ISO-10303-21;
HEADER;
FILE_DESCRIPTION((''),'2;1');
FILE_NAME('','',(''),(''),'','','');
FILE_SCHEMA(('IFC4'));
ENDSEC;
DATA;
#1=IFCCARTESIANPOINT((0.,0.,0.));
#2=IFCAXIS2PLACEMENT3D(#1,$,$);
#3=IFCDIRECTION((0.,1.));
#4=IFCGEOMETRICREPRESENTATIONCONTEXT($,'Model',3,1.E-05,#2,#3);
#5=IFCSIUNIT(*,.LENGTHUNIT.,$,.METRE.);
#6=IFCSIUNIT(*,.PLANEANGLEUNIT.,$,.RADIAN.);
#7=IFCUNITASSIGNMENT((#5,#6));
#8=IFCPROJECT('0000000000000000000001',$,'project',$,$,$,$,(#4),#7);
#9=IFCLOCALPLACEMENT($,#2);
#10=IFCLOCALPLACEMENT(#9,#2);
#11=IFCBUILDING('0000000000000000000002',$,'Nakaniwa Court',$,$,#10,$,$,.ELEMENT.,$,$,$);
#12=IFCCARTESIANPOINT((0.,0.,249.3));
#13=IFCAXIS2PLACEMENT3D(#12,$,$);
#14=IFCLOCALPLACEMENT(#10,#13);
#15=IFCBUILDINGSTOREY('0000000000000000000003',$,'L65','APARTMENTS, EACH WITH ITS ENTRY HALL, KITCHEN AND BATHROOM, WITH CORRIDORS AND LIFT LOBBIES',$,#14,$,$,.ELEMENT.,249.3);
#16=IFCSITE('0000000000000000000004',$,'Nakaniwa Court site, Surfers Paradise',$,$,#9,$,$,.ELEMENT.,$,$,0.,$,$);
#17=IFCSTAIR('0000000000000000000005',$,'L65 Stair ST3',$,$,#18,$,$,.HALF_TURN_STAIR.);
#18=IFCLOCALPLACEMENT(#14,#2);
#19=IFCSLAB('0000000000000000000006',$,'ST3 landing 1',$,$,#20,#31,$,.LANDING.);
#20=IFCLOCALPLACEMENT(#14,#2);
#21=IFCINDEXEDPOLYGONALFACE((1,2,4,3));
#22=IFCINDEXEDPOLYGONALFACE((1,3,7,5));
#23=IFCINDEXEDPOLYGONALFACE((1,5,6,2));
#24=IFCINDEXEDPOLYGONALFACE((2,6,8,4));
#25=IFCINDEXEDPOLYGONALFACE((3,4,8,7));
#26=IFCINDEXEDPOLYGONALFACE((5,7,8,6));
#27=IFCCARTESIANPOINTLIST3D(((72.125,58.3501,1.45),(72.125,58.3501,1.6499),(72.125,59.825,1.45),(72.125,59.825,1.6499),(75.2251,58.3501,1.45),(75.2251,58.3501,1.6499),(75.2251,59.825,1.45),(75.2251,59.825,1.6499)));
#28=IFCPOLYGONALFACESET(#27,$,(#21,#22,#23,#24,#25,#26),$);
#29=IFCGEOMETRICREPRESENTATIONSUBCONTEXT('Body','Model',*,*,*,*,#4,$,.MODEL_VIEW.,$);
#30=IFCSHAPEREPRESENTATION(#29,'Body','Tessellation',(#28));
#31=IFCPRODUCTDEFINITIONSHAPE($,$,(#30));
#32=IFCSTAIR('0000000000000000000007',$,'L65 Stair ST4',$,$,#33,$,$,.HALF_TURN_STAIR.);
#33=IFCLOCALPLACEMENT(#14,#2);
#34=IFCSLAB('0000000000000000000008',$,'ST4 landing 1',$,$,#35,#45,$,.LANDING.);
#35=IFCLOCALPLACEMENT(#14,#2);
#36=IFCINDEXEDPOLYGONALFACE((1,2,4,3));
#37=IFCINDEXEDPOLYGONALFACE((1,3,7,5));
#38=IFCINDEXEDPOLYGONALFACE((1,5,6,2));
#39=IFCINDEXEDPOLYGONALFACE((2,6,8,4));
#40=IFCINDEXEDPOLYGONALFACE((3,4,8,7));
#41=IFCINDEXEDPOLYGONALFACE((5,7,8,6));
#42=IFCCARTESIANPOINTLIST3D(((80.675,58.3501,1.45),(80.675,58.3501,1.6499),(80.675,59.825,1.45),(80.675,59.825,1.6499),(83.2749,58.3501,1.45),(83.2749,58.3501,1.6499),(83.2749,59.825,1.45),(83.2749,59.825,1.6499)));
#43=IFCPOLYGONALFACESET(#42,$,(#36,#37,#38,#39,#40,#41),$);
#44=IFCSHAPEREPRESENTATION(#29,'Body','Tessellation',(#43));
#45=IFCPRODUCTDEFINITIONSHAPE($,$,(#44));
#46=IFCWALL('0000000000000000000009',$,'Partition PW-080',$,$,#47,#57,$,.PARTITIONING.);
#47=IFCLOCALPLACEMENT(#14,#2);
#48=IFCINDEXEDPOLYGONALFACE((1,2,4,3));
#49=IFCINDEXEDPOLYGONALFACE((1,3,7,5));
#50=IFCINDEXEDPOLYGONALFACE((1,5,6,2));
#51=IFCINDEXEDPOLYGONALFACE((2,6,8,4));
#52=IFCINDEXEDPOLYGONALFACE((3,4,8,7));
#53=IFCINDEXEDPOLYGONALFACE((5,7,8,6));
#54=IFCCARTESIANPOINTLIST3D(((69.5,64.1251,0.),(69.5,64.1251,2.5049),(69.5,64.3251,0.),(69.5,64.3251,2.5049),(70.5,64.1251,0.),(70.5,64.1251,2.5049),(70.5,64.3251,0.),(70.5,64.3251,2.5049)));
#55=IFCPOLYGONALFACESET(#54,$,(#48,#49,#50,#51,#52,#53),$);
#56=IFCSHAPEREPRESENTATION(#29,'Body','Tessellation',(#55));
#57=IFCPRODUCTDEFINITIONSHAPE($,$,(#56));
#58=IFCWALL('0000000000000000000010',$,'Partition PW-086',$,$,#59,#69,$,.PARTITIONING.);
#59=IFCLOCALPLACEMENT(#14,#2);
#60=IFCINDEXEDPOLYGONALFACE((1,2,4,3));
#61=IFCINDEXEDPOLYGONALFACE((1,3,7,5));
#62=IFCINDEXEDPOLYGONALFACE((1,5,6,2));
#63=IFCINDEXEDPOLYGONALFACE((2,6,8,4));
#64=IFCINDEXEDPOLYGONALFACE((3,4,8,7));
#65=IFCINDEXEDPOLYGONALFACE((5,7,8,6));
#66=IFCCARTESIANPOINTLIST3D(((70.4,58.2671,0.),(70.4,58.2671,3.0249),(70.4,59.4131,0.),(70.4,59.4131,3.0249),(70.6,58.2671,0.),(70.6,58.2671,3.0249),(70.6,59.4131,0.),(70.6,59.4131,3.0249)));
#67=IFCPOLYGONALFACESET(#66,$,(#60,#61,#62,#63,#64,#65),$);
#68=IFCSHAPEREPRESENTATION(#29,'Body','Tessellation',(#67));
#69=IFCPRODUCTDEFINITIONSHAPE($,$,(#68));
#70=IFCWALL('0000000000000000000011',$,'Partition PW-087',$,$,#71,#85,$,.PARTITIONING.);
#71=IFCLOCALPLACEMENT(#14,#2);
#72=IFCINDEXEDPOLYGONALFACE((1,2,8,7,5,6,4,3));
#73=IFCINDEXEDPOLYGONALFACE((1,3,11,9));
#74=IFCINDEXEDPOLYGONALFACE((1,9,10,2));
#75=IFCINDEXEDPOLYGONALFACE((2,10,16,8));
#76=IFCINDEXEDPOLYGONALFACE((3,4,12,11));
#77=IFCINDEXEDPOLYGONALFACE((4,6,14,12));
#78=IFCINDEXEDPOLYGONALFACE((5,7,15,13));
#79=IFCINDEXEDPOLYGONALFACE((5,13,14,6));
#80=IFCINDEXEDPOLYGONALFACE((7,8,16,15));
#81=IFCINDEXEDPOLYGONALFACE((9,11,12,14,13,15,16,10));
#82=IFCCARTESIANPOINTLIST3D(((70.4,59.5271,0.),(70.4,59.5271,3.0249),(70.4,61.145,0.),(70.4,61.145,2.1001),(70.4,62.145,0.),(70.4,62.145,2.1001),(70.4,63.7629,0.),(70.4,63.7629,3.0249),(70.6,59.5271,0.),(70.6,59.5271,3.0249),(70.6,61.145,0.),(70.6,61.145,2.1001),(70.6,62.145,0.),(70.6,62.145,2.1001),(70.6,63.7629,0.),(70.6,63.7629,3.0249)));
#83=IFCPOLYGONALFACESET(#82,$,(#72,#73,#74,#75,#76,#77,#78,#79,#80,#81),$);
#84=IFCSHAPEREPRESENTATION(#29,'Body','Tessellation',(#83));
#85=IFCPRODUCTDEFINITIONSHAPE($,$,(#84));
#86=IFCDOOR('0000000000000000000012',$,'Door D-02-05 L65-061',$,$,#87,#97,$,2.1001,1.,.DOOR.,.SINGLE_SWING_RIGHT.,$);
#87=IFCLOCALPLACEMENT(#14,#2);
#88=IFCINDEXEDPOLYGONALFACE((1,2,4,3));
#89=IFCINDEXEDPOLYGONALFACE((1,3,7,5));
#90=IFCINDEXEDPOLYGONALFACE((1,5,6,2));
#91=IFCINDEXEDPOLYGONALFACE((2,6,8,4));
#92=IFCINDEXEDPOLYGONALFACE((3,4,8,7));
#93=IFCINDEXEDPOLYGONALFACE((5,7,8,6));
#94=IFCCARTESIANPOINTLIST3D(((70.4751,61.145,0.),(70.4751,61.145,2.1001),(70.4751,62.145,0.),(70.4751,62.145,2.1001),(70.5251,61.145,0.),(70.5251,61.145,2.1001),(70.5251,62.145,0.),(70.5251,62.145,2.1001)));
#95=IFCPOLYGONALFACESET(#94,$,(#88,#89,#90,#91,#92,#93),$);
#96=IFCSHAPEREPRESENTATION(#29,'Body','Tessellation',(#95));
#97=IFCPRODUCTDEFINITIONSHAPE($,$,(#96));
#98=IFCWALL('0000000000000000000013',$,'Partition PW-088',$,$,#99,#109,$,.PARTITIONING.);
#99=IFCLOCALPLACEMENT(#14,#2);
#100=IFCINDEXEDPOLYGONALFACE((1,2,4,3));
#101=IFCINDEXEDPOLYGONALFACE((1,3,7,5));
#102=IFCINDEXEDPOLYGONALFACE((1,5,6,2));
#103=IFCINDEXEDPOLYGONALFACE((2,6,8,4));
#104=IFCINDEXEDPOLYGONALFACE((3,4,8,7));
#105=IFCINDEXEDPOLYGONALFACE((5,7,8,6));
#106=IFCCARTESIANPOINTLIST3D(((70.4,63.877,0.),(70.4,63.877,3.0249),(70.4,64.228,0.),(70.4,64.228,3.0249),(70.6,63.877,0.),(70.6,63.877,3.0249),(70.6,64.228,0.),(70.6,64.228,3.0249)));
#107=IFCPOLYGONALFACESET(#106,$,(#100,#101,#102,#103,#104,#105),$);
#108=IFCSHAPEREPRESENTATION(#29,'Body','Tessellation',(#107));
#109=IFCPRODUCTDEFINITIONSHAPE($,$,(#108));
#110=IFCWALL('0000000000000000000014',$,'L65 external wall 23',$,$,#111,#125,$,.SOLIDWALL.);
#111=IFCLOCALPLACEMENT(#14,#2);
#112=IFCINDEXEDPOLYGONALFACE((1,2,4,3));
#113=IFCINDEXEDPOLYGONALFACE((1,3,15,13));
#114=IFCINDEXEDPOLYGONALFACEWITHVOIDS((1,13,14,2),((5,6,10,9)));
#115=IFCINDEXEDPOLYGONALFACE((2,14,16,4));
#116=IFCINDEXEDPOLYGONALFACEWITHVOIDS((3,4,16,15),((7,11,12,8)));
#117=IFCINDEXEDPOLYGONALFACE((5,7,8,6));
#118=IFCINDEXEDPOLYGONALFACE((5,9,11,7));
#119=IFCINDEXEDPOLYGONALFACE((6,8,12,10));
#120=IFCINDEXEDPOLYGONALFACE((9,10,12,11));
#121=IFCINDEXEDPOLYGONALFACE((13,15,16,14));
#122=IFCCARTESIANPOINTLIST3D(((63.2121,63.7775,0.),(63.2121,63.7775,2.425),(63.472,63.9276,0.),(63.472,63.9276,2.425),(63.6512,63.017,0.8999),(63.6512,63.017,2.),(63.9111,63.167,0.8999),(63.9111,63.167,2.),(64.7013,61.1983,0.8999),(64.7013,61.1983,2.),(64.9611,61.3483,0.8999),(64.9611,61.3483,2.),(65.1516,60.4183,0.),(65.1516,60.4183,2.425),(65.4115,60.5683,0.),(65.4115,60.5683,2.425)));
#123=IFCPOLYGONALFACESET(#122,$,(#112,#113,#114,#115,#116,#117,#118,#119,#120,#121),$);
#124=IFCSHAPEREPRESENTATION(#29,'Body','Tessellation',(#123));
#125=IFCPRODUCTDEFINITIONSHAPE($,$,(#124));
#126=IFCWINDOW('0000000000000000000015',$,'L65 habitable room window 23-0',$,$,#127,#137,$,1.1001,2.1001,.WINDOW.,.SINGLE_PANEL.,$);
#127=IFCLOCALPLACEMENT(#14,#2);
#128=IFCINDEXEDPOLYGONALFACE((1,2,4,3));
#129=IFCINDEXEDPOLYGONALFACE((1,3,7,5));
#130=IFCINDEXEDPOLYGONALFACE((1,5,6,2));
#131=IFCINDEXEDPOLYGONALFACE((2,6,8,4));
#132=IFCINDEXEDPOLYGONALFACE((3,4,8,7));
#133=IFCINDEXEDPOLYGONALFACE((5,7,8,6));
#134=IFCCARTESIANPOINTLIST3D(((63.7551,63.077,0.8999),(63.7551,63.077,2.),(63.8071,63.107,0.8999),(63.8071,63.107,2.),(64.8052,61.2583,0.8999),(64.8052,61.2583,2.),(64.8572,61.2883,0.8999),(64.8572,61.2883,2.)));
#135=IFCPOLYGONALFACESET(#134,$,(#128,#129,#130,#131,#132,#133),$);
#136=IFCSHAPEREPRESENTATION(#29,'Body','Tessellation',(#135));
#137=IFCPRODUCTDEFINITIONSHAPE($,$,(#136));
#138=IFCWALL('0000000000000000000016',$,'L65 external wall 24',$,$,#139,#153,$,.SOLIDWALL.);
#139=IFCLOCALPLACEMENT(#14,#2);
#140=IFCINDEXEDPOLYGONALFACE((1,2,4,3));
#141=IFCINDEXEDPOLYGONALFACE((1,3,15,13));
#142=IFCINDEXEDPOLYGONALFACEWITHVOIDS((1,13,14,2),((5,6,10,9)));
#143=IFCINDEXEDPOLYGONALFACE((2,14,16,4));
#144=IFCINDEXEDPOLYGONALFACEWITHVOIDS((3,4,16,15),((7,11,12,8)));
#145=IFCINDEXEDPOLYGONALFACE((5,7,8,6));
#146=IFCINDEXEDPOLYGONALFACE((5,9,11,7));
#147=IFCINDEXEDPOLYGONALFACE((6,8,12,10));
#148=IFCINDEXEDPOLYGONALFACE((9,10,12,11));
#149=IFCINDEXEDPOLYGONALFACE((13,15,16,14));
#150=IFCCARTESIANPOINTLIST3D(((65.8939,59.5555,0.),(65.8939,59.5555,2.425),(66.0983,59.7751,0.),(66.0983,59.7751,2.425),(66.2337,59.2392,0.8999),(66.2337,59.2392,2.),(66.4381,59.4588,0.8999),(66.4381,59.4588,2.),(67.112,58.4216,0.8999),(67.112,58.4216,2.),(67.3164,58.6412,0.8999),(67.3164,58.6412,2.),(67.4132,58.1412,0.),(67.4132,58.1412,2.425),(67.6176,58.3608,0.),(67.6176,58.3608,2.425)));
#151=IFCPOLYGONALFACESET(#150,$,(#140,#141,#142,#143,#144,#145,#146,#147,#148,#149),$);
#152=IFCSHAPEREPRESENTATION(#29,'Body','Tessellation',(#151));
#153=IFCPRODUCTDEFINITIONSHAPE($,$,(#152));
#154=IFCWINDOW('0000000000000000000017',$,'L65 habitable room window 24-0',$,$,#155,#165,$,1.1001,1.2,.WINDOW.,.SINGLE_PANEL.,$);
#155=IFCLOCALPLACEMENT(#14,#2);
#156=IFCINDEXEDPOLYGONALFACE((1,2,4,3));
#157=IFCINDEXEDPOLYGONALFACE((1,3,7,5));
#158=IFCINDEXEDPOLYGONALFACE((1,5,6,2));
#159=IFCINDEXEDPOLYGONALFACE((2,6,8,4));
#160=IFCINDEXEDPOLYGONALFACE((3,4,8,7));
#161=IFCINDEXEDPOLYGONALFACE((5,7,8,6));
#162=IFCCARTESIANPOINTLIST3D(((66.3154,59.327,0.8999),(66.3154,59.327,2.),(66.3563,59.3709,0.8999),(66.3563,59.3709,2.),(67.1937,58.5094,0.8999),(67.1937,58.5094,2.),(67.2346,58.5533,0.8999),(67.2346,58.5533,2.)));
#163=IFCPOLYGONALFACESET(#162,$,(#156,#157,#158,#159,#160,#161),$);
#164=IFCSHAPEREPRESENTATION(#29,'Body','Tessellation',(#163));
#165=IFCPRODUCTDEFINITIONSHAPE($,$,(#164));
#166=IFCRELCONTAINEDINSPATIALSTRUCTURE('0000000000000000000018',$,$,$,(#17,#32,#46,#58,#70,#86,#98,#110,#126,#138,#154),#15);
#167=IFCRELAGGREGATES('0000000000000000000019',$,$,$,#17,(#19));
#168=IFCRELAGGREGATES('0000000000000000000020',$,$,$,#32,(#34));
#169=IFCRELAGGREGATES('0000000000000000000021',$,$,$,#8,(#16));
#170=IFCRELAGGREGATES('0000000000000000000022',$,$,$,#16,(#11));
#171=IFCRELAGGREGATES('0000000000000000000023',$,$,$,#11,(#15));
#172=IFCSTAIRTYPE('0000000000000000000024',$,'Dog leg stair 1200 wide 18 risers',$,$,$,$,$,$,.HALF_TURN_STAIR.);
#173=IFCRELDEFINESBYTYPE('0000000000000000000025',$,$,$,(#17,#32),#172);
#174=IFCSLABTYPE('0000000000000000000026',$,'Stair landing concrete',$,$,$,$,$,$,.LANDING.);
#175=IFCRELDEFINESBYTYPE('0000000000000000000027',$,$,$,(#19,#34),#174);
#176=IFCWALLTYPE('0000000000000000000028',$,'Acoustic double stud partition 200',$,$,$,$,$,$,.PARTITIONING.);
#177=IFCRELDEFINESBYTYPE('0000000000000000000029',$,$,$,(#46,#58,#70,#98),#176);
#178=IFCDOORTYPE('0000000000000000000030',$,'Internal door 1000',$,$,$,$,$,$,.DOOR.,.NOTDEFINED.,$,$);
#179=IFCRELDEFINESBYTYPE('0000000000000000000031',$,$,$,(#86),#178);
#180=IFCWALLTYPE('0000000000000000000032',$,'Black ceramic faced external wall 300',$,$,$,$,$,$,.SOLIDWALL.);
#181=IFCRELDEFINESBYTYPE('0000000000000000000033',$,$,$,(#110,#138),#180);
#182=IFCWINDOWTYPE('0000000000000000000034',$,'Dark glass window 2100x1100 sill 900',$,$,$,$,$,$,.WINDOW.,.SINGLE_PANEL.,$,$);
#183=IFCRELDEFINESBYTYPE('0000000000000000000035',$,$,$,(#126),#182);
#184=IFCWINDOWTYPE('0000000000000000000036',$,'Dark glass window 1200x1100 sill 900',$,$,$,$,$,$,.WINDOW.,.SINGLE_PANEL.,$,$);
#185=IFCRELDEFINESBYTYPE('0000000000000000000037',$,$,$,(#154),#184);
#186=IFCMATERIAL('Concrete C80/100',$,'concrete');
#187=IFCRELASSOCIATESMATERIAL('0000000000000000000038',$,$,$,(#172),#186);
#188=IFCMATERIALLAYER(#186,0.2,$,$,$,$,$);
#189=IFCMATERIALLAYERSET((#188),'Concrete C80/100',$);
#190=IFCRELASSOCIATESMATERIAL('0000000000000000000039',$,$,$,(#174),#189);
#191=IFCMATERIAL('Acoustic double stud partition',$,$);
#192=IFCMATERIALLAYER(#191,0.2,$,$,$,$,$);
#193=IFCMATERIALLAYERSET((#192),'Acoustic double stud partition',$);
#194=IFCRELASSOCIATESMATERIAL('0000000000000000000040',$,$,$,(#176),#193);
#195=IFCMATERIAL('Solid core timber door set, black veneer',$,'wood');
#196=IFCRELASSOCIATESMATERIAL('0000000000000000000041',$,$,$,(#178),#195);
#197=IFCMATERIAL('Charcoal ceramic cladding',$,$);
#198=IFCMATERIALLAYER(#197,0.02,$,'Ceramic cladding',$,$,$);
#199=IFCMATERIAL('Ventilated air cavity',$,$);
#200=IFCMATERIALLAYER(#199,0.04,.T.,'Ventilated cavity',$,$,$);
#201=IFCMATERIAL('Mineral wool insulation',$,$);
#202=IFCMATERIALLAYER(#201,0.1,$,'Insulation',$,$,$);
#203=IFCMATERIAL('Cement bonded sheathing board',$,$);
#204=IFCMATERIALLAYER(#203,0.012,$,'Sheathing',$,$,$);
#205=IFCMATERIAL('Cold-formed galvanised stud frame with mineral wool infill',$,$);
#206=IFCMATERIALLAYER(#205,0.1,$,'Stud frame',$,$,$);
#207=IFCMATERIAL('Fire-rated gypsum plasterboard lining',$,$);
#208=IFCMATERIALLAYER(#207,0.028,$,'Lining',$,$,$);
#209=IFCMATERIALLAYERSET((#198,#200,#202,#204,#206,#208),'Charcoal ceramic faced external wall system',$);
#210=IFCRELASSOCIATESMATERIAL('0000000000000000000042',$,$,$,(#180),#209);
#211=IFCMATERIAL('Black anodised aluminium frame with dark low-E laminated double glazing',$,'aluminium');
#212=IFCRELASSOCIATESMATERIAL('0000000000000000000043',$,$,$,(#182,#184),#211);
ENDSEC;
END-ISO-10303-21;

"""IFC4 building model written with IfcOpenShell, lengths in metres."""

from ifc_helpers import new_model, si_unit, direction, frame, frame_2d, origin, place, context, subcontext, project, spatial, polyline, rectangle, outline, extrude, material, layer, layer_set, type_object, element, fill, aggregate, save


model = new_model("IFC4")

# Units and contexts
model_context = context("Model", 3, precision=1e-05, world=origin(), true_north=direction((0.0, 1.0)))
body_context = subcontext(model_context, "Body", "Model", "MODEL_VIEW")
ifc_project = project(units=[si_unit("LENGTHUNIT", "METRE"), si_unit("PLANEANGLEUNIT", "RADIAN")], contexts=[model_context])

# Site, building, storey
site_placement = place(None, origin())
site = spatial("IfcSite", under=ifc_project, at=site_placement, Name="Nakaniwa Court site, Surfers Paradise", CompositionType="ELEMENT", RefElevation=0.0)
building_placement = place(site_placement, origin())
building = spatial("IfcBuilding", under=site, at=building_placement, Name="Nakaniwa Court", CompositionType="ELEMENT")
storey_placement = place(building_placement, frame((0.0, 0.0, 249.3)))
storey = spatial("IfcBuildingStorey", under=building, at=storey_placement, Name="L65", Description="APARTMENTS, EACH WITH ITS ENTRY HALL, KITCHEN AND BATHROOM, WITH CORRIDORS AND LIFT LOBBIES", CompositionType="ELEMENT", Elevation=249.3)

# Shared definitions
ifc_material_1 = material(Name="Concrete C80/100", Category="concrete")

# Stairs, slabs
stair_type = type_object("IfcStairType", Name="Dog leg stair 1200 wide 18 risers", PredefinedType="HALF_TURN_STAIR", material=ifc_material_1)
ifc_layer_1 = layer(ifc_material_1, 0.2)
ifc_layer_set_1 = layer_set([ifc_layer_1], Name="Concrete C80/100")
slab_type_1 = type_object("IfcSlabType", Name="Stair landing concrete", PredefinedType="LANDING", material=ifc_layer_set_1)
stair_1_placement = place(storey_placement, origin())
stair_1 = element("IfcStair", 1, at=stair_1_placement, inside=storey, type_object=stair_type, Name="L65 Stair ST3", PredefinedType="HALF_TURN_STAIR")
slab_1_placement = place(storey_placement, frame((0.0, 0.0, 1.45)))
slab_1 = element("IfcSlab", 2, at=slab_1_placement, type_object=slab_type_1, Name="ST3 landing 1", PredefinedType="LANDING", context=body_context, shape_type="SweptSolid", body=[
    extrude(outline(polyline([(75.2251, 58.3501), (75.2251, 59.825), (72.125, 59.825), (72.125, 58.3501), (75.2251, 58.3501)])), origin(), (0.0, 0.0, 1.0), 0.2),
])
aggregate(stair_1, [slab_1])
stair_2_placement = place(storey_placement, origin())
stair_2 = element("IfcStair", 3, at=stair_2_placement, inside=storey, type_object=stair_type, Name="L65 Stair ST4", PredefinedType="HALF_TURN_STAIR")
slab_2_placement = place(storey_placement, frame((0.0, 0.0, 1.45)))
slab_2 = element("IfcSlab", 4, at=slab_2_placement, type_object=slab_type_1, Name="ST4 landing 1", PredefinedType="LANDING", context=body_context, shape_type="SweptSolid", body=[
    extrude(outline(polyline([(83.2749, 58.3501), (83.2749, 59.825), (80.675, 59.825), (80.675, 58.3501), (83.2749, 58.3501)])), origin(), (0.0, 0.0, 1.0), 0.2),
])
aggregate(stair_2, [slab_2])

# Walls
ifc_material_2 = material(Name="Acoustic double stud partition")
ifc_layer_2 = layer(ifc_material_2, 0.2)
ifc_layer_set_2 = layer_set([ifc_layer_2], Name="Acoustic double stud partition")
wall_type_1 = type_object("IfcWallType", Name="Acoustic double stud partition 200", PredefinedType="PARTITIONING", material=ifc_layer_set_2)
wall_1_placement = place(storey_placement, frame((69.5, 64.2251, 0.0), z_axis=(0.0, 0.0, 1.0), x_axis=(1.0, 0.0, 0.0)))
element("IfcWall", 5, at=wall_1_placement, inside=storey, type_object=wall_type_1, Name="Partition PW-080", PredefinedType="PARTITIONING", context=body_context, shape_type="SweptSolid", body=[
    extrude(rectangle(XDim=1.0, YDim=0.2, at=frame_2d((0.5, 0.0))), origin(), (0.0, 0.0, 1.0), 2.5049),
])
wall_2_placement = place(storey_placement, frame((70.5, 58.2671, 0.0), z_axis=(0.0, 0.0, 1.0), x_axis=(0.0, 1.0, 0.0)))
element("IfcWall", 6, at=wall_2_placement, inside=storey, type_object=wall_type_1, Name="Partition PW-086", PredefinedType="PARTITIONING", context=body_context, shape_type="SweptSolid", body=[
    extrude(rectangle(XDim=1.146, YDim=0.2, at=frame_2d((0.573, 0.0))), origin(), (0.0, 0.0, 1.0), 3.0249),
])

# Wall, opening, door
wall_3_placement = place(storey_placement, frame((70.5, 59.5271, 0.0), z_axis=(0.0, 0.0, 1.0), x_axis=(0.0, 1.0, 0.0)))
wall_3 = element("IfcWall", 7, at=wall_3_placement, inside=storey, type_object=wall_type_1, Name="Partition PW-087", PredefinedType="PARTITIONING", context=body_context, shape_type="SweptSolid", body=[
    extrude(rectangle(XDim=4.2358, YDim=0.2, at=frame_2d((2.1179, 0.0))), origin(), (0.0, 0.0, 1.0), 3.0249),
])
opening_1_placement = place(wall_3_placement, frame((1.6179, 0.0, 0.0)))
opening_1 = element("IfcOpeningElement", 8, at=opening_1_placement, cuts=wall_3, PredefinedType="OPENING", context=body_context, shape_type="SweptSolid", body=[
    extrude(rectangle(XDim=1.0, YDim=2.1001, at=frame_2d((0.5, 1.05))), frame((0.0, 0.1099, 0.0), z_axis=(0.0, -1.0, 0.0), x_axis=(1.0, 0.0, 0.0)), (0.0, 0.0, 1.0), 0.22),
])
ifc_material_3 = material(Name="Solid core timber door set, black veneer", Category="wood")
door_type = type_object("IfcDoorType", Name="Internal door 1000", OperationType="NOTDEFINED", PredefinedType="DOOR", material=ifc_material_3)
door_placement = place(opening_1_placement, origin())
door = element("IfcDoor", 9, at=door_placement, inside=storey, type_object=door_type, Name="Door D-02-05 L65-061", OperationType="SINGLE_SWING_RIGHT", OverallHeight=2.1001, OverallWidth=1.0, PredefinedType="DOOR", context=body_context, shape_type="SweptSolid", body=[
    extrude(rectangle(XDim=1.0, YDim=2.1001, at=frame_2d((0.5, 1.05))), frame((0.0, 0.0249, 0.0), z_axis=(0.0, -1.0, 0.0), x_axis=(1.0, 0.0, 0.0)), (0.0, 0.0, 1.0), 0.05),
])
fill(opening_1, door)

# Wall
wall_4_placement = place(storey_placement, frame((70.5, 63.877, 0.0), z_axis=(0.0, 0.0, 1.0), x_axis=(0.0, 1.0, 0.0)))
element("IfcWall", 10, at=wall_4_placement, inside=storey, type_object=wall_type_1, Name="Partition PW-088", PredefinedType="PARTITIONING", context=body_context, shape_type="SweptSolid", body=[
    extrude(rectangle(XDim=0.3511, YDim=0.2, at=frame_2d((0.1755, 0.0))), origin(), (0.0, 0.0, 1.0), 3.0249),
])

# Walls, openings, windows
ifc_material_4 = material(Name="Charcoal ceramic cladding")
ifc_layer_3 = layer(ifc_material_4, 0.02, Name="Ceramic cladding")
ifc_material_5 = material(Name="Ventilated air cavity")
ifc_layer_4 = layer(ifc_material_5, 0.04, ventilated=True, Name="Ventilated cavity")
ifc_material_6 = material(Name="Mineral wool insulation")
ifc_layer_5 = layer(ifc_material_6, 0.1, Name="Insulation")
ifc_material_7 = material(Name="Cement bonded sheathing board")
ifc_layer_6 = layer(ifc_material_7, 0.012, Name="Sheathing")
ifc_material_8 = material(Name="Cold-formed galvanised stud frame with mineral wool infill")
ifc_layer_7 = layer(ifc_material_8, 0.1, Name="Stud frame")
ifc_material_9 = material(Name="Fire-rated gypsum plasterboard lining")
ifc_layer_8 = layer(ifc_material_9, 0.028, Name="Lining")
ifc_layer_set_3 = layer_set([ifc_layer_3, ifc_layer_4, ifc_layer_5, ifc_layer_6, ifc_layer_7, ifc_layer_8], Name="Charcoal ceramic faced external wall system")
wall_type_2 = type_object("IfcWallType", Name="Black ceramic faced external wall 300", PredefinedType="SOLIDWALL", material=ifc_layer_set_3)
wall_5_placement = place(storey_placement, frame((63.342, 63.8525, 0.0), z_axis=(0.0, 0.0, 1.0), x_axis=(0.500011, -0.866019, 0.0)))
wall_5 = element("IfcWall", 11, at=wall_5_placement, inside=storey, type_object=wall_type_2, Name="L65 external wall 23", PredefinedType="SOLIDWALL", context=body_context, shape_type="SweptSolid", body=[
    extrude(rectangle(XDim=3.8789, YDim=0.3, at=frame_2d((1.9395, 0.0))), origin(), (0.0, 0.0, 1.0), 2.425),
])
opening_2_placement = place(wall_5_placement, frame((0.8782, 0.0, 0.8999)))
opening_2 = element("IfcOpeningElement", 12, at=opening_2_placement, cuts=wall_5, PredefinedType="OPENING", context=body_context, shape_type="SweptSolid", body=[
    extrude(rectangle(XDim=2.1001, YDim=1.1001, at=frame_2d((1.05, 0.55))), frame((0.0, 0.1599, 0.0), z_axis=(0.0, -1.0, 0.0), x_axis=(1.0, 0.0, 0.0)), (0.0, 0.0, 1.0), 0.3201),
])
ifc_material_10 = material(Name="Black anodised aluminium frame with dark low-E laminated double glazing", Category="aluminium")
window_type_1 = type_object("IfcWindowType", Name="Dark glass window 2100x1100 sill 900", PartitioningType="SINGLE_PANEL", PredefinedType="WINDOW", material=ifc_material_10)
window_1_placement = place(opening_2_placement, origin())
window_1 = element("IfcWindow", 13, at=window_1_placement, inside=storey, type_object=window_type_1, Name="L65 habitable room window 23-0", OverallHeight=1.1001, OverallWidth=2.1001, PartitioningType="SINGLE_PANEL", PredefinedType="WINDOW", context=body_context, shape_type="SweptSolid", body=[
    extrude(rectangle(XDim=2.1001, YDim=1.1001, at=frame_2d((1.05, 0.55))), frame((0.0, 0.03, 0.0), z_axis=(0.0, -1.0, 0.0), x_axis=(1.0, 0.0, 0.0)), (0.0, 0.0, 1.0), 0.0601),
])
fill(opening_2, window_1)
wall_6_placement = place(storey_placement, frame((65.9961, 59.6653, 0.0), z_axis=(0.0, 0.0, 1.0), x_axis=(0.731943, -0.681366, 0.0)))
wall_6 = element("IfcWall", 14, at=wall_6_placement, inside=storey, type_object=wall_type_2, Name="L65 external wall 24", PredefinedType="SOLIDWALL", context=body_context, shape_type="SweptSolid", body=[
    extrude(rectangle(XDim=2.0757, YDim=0.3, at=frame_2d((1.0378, 0.0))), origin(), (0.0, 0.0, 1.0), 2.425),
])
opening_3_placement = place(wall_6_placement, frame((0.4641, 0.0, 0.8999)))
opening_3 = element("IfcOpeningElement", 15, at=opening_3_placement, cuts=wall_6, PredefinedType="OPENING", context=body_context, shape_type="SweptSolid", body=[
    extrude(rectangle(XDim=1.2, YDim=1.1001, at=frame_2d((0.6001, 0.55))), frame((0.0, 0.1599, 0.0), z_axis=(0.0, -1.0, 0.0), x_axis=(1.0, 0.0, 0.0)), (0.0, 0.0, 1.0), 0.3201),
])
window_type_2 = type_object("IfcWindowType", Name="Dark glass window 1200x1100 sill 900", PartitioningType="SINGLE_PANEL", PredefinedType="WINDOW", material=ifc_material_10)
window_2_placement = place(opening_3_placement, origin())
window_2 = element("IfcWindow", 16, at=window_2_placement, inside=storey, type_object=window_type_2, Name="L65 habitable room window 24-0", OverallHeight=1.1001, OverallWidth=1.2, PartitioningType="SINGLE_PANEL", PredefinedType="WINDOW", context=body_context, shape_type="SweptSolid", body=[
    extrude(rectangle(XDim=1.2, YDim=1.1001, at=frame_2d((0.6001, 0.55))), frame((0.0, 0.03, 0.0), z_axis=(0.0, -1.0, 0.0), x_axis=(1.0, 0.0, 0.0)), (0.0, 0.0, 1.0), 0.0601),
])
fill(opening_3, window_2)

save(model, "model.ifc")
